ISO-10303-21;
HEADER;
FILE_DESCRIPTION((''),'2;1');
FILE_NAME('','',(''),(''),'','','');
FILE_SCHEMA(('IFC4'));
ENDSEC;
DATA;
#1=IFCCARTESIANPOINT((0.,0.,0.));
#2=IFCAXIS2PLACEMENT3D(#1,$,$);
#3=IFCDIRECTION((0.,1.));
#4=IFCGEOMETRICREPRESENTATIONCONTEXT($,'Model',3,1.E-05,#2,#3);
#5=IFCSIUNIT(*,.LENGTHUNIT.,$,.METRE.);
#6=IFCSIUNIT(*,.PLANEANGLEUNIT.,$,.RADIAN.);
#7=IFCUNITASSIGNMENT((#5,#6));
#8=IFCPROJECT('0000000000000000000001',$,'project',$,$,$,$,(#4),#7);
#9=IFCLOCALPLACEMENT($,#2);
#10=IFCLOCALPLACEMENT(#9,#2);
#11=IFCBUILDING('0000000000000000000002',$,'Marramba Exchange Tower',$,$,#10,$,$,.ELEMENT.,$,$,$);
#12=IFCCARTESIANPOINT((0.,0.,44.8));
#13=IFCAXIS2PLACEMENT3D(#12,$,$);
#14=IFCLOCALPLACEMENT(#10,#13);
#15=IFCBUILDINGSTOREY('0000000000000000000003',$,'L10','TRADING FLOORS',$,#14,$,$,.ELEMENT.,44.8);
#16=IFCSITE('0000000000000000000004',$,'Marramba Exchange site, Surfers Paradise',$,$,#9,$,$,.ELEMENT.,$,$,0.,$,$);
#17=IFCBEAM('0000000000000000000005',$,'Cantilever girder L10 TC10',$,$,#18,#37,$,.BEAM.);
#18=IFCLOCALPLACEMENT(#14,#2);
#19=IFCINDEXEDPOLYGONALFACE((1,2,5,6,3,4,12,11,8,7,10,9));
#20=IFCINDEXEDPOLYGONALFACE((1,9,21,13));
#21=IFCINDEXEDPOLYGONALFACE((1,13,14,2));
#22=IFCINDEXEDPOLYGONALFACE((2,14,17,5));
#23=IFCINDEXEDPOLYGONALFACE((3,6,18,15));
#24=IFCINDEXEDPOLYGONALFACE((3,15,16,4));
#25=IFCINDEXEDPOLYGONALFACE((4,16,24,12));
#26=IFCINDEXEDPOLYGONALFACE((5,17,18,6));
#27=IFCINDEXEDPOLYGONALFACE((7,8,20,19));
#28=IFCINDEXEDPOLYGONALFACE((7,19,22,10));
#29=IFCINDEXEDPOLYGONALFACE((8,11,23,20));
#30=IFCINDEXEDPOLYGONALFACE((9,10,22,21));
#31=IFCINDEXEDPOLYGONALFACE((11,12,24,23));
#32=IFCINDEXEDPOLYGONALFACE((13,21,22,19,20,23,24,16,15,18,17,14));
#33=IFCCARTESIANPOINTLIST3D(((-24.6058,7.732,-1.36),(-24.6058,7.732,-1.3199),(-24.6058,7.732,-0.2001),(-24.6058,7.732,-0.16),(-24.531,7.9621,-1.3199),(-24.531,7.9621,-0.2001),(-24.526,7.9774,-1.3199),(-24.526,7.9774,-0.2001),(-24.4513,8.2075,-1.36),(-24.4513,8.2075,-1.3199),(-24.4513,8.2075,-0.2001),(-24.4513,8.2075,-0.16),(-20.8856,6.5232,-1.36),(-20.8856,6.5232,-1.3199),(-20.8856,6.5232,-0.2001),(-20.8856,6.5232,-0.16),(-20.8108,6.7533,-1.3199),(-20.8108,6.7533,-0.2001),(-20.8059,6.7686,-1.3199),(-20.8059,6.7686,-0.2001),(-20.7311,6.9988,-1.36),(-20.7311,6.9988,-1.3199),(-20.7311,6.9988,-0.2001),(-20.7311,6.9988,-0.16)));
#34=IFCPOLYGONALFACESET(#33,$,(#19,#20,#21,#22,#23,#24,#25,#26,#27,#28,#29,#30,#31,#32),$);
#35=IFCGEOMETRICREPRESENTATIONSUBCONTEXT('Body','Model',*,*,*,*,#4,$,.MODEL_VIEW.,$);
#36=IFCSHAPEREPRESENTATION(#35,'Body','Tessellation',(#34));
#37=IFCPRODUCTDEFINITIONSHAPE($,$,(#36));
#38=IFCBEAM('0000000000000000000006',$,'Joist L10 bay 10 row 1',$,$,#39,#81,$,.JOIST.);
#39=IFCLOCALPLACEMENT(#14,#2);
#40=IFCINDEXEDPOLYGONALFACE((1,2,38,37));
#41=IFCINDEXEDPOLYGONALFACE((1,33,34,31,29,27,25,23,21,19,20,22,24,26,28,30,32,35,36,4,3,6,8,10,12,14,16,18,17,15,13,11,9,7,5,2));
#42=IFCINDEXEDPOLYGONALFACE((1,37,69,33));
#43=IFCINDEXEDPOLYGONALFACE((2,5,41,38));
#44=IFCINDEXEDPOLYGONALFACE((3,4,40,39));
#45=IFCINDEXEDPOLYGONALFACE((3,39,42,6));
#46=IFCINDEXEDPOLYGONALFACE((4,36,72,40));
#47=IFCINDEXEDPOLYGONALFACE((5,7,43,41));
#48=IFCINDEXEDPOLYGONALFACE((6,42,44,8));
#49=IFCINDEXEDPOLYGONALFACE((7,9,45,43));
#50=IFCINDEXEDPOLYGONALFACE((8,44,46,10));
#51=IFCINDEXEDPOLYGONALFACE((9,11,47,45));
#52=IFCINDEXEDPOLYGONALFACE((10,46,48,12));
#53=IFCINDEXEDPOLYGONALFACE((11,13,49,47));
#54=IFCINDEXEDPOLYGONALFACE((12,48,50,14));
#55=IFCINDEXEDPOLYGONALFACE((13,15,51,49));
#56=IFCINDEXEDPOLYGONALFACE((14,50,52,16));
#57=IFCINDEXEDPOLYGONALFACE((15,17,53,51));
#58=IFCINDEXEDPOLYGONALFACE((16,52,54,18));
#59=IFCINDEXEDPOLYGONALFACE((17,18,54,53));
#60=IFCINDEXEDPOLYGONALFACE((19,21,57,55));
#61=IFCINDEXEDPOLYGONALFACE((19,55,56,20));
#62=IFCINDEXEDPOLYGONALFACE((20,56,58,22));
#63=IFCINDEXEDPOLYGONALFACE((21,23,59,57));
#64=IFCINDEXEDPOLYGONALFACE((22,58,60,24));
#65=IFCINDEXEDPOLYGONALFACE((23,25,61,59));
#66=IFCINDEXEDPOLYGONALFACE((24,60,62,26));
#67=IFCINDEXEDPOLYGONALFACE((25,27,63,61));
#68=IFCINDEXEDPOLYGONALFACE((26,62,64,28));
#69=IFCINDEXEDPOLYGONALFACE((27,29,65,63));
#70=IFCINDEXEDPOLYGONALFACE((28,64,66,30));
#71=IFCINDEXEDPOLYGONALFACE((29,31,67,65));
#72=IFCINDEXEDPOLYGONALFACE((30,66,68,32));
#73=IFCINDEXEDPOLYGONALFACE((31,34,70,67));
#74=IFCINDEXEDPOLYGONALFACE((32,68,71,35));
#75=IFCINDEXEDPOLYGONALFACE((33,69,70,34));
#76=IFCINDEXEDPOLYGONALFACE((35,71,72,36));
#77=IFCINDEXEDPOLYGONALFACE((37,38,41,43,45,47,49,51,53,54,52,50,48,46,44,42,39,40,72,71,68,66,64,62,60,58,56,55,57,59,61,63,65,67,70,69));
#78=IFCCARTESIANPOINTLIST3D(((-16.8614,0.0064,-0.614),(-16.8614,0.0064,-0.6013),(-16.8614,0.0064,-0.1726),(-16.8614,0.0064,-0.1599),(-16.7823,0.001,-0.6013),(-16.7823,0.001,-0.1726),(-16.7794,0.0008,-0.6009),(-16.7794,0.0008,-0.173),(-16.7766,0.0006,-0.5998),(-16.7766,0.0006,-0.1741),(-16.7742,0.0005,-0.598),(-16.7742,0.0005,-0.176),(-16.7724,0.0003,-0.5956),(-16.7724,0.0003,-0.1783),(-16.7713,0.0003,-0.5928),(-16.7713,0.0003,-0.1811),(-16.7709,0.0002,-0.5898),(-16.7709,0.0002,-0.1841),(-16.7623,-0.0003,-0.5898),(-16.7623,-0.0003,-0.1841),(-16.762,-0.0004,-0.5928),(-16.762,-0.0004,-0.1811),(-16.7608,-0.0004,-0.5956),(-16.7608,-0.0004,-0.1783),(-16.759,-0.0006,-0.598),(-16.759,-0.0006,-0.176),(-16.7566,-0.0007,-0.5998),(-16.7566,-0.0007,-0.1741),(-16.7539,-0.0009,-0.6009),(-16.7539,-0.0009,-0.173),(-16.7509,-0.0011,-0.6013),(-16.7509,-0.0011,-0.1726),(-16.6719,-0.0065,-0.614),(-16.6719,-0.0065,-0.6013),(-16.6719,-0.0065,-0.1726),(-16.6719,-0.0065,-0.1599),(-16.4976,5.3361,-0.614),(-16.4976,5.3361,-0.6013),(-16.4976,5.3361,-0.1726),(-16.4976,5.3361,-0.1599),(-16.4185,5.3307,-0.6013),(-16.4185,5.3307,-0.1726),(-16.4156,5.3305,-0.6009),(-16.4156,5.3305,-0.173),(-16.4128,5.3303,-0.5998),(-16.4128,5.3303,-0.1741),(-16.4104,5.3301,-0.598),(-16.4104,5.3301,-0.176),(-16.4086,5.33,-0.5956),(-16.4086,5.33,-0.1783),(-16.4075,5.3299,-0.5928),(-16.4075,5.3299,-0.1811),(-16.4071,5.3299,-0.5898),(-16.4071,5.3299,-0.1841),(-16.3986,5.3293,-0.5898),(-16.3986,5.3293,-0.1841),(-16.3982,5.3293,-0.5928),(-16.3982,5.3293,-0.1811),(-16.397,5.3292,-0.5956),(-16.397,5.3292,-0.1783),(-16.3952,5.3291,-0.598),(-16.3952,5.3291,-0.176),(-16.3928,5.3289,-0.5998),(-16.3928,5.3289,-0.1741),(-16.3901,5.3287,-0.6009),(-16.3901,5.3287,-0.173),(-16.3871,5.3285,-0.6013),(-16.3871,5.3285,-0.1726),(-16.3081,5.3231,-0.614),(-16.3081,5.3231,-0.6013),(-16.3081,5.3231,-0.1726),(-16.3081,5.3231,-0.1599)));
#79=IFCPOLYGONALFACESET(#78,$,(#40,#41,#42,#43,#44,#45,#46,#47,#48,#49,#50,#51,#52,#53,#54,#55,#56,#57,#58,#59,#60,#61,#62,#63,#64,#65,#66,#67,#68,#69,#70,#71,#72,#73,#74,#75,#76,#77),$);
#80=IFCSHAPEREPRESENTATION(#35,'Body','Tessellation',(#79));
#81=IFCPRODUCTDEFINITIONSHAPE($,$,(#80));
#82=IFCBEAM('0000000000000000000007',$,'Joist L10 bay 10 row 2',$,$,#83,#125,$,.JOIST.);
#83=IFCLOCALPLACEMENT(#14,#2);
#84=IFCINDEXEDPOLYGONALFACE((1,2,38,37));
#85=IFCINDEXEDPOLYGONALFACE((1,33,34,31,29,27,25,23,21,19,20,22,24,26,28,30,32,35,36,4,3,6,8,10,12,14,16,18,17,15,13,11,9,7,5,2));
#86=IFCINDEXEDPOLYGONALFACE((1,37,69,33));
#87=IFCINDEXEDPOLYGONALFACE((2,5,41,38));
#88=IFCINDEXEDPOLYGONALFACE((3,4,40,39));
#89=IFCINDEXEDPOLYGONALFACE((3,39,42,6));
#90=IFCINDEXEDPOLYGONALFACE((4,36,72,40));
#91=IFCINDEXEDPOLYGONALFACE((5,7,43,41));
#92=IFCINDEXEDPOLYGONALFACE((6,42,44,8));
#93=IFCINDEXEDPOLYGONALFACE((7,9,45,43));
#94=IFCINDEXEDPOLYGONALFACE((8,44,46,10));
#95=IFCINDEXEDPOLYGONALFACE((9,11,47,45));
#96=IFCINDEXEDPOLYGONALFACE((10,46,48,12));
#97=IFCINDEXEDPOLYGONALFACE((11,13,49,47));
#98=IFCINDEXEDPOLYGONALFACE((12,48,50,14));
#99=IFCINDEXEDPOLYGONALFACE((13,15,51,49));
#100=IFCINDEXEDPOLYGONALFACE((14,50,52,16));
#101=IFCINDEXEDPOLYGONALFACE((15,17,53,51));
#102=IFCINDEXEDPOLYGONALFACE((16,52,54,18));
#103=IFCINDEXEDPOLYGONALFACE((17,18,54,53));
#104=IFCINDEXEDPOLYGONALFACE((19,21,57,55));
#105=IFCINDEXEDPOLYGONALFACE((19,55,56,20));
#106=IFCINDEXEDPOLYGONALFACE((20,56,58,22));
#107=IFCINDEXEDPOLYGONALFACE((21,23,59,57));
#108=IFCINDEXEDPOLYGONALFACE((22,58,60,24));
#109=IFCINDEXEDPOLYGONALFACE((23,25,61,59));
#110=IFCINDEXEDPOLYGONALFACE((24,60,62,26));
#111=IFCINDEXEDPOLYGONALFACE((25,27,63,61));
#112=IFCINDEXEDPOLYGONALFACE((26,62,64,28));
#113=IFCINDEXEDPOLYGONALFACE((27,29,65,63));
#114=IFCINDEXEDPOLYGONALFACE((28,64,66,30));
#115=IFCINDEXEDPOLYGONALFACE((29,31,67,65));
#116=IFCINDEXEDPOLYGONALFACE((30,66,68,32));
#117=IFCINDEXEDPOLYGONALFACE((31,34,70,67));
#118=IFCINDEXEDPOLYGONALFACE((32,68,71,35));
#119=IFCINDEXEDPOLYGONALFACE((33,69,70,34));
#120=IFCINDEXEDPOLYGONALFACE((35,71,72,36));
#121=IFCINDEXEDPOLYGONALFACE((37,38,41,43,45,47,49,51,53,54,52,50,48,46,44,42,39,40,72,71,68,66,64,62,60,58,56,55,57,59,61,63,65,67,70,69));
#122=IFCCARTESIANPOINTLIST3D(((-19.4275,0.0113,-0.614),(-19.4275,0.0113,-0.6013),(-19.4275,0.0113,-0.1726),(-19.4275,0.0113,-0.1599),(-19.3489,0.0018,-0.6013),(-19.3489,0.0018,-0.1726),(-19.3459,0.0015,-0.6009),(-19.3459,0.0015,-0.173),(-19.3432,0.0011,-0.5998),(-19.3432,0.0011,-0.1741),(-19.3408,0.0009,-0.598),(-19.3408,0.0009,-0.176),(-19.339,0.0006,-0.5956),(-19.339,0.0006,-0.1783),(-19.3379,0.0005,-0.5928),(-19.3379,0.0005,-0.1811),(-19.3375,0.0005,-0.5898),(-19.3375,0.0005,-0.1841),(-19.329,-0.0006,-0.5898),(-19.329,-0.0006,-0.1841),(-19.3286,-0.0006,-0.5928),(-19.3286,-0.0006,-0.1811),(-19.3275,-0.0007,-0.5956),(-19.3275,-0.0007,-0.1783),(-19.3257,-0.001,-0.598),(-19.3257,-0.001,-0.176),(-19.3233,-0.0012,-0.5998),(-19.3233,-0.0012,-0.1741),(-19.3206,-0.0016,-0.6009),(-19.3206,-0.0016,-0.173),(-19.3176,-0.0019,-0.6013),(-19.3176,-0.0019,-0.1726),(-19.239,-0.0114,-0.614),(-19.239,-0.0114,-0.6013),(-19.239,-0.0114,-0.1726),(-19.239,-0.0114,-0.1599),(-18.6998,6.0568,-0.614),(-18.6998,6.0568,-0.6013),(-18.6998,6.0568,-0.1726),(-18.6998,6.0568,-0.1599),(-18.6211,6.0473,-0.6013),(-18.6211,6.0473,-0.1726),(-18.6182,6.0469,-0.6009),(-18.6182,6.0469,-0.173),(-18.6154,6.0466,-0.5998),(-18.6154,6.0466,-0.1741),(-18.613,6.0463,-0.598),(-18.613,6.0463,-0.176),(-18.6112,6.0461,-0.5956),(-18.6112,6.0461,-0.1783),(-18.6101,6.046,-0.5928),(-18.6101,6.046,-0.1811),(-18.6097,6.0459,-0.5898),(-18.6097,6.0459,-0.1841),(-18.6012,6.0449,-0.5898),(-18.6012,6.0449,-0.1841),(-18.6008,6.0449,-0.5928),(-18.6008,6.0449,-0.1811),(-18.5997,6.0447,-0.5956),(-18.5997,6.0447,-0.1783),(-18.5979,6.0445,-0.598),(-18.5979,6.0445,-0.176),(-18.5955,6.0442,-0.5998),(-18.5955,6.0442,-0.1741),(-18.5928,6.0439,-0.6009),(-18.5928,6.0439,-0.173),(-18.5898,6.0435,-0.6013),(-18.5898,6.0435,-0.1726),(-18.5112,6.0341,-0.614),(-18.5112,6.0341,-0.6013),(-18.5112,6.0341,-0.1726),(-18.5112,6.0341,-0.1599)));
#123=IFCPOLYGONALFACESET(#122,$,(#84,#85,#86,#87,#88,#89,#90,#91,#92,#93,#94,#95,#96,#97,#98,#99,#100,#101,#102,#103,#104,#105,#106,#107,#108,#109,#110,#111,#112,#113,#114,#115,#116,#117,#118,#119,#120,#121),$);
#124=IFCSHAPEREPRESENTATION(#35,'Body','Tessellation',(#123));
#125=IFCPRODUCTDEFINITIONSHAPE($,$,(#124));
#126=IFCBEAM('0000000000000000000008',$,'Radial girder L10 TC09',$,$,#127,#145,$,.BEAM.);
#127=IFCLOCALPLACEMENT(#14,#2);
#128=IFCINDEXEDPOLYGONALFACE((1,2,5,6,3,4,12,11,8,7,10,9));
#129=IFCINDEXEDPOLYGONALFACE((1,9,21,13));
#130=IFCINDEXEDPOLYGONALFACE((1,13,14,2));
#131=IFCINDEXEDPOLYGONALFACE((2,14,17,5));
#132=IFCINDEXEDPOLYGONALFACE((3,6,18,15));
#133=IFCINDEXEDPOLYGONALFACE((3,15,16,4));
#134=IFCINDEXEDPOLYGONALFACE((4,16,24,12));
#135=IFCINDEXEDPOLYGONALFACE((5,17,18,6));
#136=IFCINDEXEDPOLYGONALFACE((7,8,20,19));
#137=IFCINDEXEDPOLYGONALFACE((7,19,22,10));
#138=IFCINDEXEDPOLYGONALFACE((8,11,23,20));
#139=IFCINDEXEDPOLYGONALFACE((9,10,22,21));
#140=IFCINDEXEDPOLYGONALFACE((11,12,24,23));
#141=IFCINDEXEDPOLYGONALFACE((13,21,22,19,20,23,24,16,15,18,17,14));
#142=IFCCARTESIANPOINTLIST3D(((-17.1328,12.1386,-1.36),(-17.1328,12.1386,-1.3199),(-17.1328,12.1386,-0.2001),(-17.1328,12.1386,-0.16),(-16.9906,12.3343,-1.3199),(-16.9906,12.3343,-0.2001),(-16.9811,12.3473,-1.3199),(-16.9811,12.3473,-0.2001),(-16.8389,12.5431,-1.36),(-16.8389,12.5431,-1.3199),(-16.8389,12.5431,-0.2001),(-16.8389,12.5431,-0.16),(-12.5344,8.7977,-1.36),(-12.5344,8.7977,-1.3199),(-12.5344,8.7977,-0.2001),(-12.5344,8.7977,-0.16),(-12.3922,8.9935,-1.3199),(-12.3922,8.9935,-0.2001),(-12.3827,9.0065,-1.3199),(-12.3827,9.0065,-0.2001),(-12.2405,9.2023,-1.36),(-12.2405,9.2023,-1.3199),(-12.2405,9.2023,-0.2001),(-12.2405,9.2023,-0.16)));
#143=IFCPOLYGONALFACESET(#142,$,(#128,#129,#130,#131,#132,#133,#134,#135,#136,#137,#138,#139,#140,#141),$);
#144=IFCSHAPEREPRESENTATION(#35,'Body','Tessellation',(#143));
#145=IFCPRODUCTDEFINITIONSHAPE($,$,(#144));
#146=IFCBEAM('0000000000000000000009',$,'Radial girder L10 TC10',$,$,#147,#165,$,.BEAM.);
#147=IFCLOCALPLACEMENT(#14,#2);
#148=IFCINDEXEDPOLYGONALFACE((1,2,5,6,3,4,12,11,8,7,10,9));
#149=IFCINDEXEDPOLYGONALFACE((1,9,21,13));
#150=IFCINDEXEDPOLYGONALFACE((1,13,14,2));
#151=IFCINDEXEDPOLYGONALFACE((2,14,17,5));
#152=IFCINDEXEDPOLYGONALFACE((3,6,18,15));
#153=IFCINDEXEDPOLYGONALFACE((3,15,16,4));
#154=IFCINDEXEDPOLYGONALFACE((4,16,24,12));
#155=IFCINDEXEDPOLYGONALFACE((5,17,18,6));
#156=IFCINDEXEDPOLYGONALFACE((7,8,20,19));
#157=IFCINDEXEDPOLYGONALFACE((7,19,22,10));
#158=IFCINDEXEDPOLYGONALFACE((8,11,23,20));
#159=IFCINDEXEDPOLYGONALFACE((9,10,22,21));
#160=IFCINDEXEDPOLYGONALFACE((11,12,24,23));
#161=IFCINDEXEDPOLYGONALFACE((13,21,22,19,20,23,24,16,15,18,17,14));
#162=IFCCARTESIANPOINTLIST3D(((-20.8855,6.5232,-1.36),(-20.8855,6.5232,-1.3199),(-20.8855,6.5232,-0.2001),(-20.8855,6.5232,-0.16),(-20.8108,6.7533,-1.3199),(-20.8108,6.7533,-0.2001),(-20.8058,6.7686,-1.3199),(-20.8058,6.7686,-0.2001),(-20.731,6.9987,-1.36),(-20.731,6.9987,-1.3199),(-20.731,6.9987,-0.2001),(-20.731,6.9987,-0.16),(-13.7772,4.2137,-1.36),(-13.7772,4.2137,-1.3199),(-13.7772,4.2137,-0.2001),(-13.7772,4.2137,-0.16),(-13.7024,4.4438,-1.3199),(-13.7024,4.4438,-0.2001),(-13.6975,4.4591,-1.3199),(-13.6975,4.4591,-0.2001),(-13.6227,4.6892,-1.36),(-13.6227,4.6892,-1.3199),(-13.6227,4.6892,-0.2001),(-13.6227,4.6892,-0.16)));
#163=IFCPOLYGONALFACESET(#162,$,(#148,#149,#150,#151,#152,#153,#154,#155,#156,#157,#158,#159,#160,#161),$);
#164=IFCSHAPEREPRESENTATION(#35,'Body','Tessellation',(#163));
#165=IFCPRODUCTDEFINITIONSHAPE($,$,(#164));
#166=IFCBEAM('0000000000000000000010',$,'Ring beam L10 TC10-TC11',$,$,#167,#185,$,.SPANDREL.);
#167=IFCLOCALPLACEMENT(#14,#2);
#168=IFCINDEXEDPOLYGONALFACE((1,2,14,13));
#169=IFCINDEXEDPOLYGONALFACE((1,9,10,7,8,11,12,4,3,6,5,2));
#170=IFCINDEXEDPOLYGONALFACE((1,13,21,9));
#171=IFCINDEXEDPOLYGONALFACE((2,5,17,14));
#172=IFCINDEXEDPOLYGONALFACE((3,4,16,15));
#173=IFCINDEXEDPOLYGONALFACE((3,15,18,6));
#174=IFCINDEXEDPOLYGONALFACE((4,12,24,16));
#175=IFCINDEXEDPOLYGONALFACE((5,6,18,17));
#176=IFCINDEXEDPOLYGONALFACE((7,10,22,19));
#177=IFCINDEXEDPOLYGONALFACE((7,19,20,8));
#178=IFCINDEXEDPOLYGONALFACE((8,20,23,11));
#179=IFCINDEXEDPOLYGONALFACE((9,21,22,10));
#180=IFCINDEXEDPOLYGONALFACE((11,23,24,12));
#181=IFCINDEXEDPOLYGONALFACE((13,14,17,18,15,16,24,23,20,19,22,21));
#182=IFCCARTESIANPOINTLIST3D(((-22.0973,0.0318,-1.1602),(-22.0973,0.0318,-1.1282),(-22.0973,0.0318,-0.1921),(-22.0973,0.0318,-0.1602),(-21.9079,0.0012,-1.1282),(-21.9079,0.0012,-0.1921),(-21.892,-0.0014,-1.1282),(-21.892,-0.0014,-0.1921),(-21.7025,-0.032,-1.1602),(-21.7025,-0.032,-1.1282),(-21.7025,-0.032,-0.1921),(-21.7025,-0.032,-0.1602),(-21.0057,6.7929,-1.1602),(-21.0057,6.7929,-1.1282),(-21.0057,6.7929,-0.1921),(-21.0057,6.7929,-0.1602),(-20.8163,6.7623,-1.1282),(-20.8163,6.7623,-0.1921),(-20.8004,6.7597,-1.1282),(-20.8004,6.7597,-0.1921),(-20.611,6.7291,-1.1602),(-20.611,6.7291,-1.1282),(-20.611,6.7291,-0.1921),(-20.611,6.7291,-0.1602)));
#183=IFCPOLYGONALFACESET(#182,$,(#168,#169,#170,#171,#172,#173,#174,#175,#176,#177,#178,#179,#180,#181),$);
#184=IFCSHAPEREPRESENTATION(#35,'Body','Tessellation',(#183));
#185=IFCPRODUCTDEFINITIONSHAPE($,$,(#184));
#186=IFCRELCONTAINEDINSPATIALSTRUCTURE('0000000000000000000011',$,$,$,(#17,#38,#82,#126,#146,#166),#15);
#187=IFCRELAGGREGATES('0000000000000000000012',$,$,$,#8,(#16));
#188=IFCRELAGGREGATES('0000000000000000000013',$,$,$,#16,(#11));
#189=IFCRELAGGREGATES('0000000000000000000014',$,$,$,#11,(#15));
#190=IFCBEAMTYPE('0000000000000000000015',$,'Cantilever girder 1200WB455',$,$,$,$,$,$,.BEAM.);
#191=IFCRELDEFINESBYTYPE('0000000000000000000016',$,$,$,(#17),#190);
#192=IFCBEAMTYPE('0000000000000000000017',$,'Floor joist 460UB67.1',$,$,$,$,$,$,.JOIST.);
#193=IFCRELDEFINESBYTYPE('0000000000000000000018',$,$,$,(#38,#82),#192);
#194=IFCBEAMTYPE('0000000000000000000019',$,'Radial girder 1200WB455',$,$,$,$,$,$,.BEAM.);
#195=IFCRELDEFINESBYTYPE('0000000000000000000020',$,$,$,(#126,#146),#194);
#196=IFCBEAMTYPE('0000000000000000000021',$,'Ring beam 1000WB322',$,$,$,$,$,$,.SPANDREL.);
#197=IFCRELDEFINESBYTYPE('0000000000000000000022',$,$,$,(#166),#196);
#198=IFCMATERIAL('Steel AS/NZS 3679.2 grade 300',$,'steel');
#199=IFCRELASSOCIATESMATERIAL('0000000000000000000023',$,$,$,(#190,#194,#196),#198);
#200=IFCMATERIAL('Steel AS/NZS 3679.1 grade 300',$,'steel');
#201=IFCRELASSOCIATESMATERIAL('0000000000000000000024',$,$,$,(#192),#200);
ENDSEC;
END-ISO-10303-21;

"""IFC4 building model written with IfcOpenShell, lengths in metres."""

from ifc_helpers import new_model, si_unit, direction, frame, origin, origin_2d, place, context, subcontext, project, spatial, i_section, extrude, material, material_profile, profile_set, type_object, element, save


model = new_model("IFC4")

# Units and contexts
model_context = context("Model", 3, precision=1e-05, world=origin(), true_north=direction((0.0, 1.0)))
body_context = subcontext(model_context, "Body", "Model", "MODEL_VIEW")
ifc_project = project(units=[si_unit("LENGTHUNIT", "METRE"), si_unit("PLANEANGLEUNIT", "RADIAN")], contexts=[model_context])

# Site, building, storey
site_placement = place(None, origin())
site = spatial("IfcSite", under=ifc_project, at=site_placement, Name="Marramba Exchange site, Surfers Paradise", CompositionType="ELEMENT", RefElevation=0.0)
building_placement = place(site_placement, origin())
building = spatial("IfcBuilding", under=site, at=building_placement, Name="Marramba Exchange Tower", CompositionType="ELEMENT")
storey_placement = place(building_placement, frame((0.0, 0.0, 44.8)))
storey = spatial("IfcBuildingStorey", under=building, at=storey_placement, Name="L10", Description="TRADING FLOORS", CompositionType="ELEMENT", Elevation=44.8)

# Beams
ifc_material_1 = material(Name="Steel AS/NZS 3679.2 grade 300", Category="steel")
ifc_material_profile_1 = material_profile(ifc_material_1, i_section(OverallWidth=0.5, OverallDepth=1.2, WebThickness=0.0161, FlangeThickness=0.04, at=origin_2d()), Name="1200WB455")
ifc_profile_set_1 = profile_set([ifc_material_profile_1], Name="Steel AS/NZS 3679.2 grade 300")
beam_type_1 = type_object("IfcBeamType", Name="Cantilever girder 1200WB455", PredefinedType="BEAM", material=ifc_profile_set_1)
beam_1_placement = place(storey_placement, frame((-20.8083, 6.761, -0.76), z_axis=(-0.951059, 0.30901, 0.0), x_axis=(-0.30901, -0.951059, 0.0)))
element("IfcBeam", 1, at=beam_1_placement, inside=storey, type_object=beam_type_1, Name="Cantilever girder L10 TC10", PredefinedType="BEAM", context=body_context, shape_type="SweptSolid", body=[
    extrude(i_section(OverallWidth=0.5, OverallDepth=1.2, WebThickness=0.0161, FlangeThickness=0.04, at=origin_2d()), origin(), (0.0, 0.0, 1.0), 3.9116),
])
ifc_material_2 = material(Name="Steel AS/NZS 3679.1 grade 300", Category="steel")
ifc_material_profile_2 = material_profile(ifc_material_2, i_section(OverallWidth=0.1899, OverallDepth=0.4541, WebThickness=0.0085, FlangeThickness=0.0127, FilletRadius=0.0115, at=origin_2d()), Name="460UB67.1")
ifc_profile_set_2 = profile_set([ifc_material_profile_2], Name="Steel AS/NZS 3679.1 grade 300")
beam_type_2 = type_object("IfcBeamType", Name="Floor joist 460UB67.1", PredefinedType="JOIST", material=ifc_profile_set_2)
beam_2_placement = place(storey_placement, frame((-16.4028, 5.3296, -0.387), z_axis=(-0.068096, -0.997679, 0.0), x_axis=(0.997679, -0.068096, 0.0)))
element("IfcBeam", 2, at=beam_2_placement, inside=storey, type_object=beam_type_2, Name="Joist L10 bay 10 row 1", PredefinedType="JOIST", context=body_context, shape_type="SweptSolid", body=[
    extrude(i_section(OverallWidth=0.1899, OverallDepth=0.4541, WebThickness=0.0085, FlangeThickness=0.0127, FilletRadius=0.0115, at=origin_2d()), origin(), (0.0, 0.0, 1.0), 5.342),
])
beam_3_placement = place(storey_placement, frame((-18.6055, 6.0454, -0.387), z_axis=(-0.119523, -0.992831, 0.0), x_axis=(0.992831, -0.119523, 0.0)))
element("IfcBeam", 3, at=beam_3_placement, inside=storey, type_object=beam_type_2, Name="Joist L10 bay 10 row 2", PredefinedType="JOIST", context=body_context, shape_type="SweptSolid", body=[
    extrude(i_section(OverallWidth=0.1899, OverallDepth=0.4541, WebThickness=0.0085, FlangeThickness=0.0127, FilletRadius=0.0115, at=origin_2d()), origin(), (0.0, 0.0, 1.0), 6.0891),
])
ifc_material_profile_3 = material_profile(ifc_material_1, i_section(OverallWidth=0.5, OverallDepth=1.2, WebThickness=0.0161, FlangeThickness=0.04, at=origin_2d()), Name="1200WB455")
ifc_profile_set_3 = profile_set([ifc_material_profile_3], Name="Steel AS/NZS 3679.2 grade 300")
beam_type_3 = type_object("IfcBeamType", Name="Radial girder 1200WB455", PredefinedType="BEAM", material=ifc_profile_set_3)
beam_4_placement = place(storey_placement, frame((-12.3875, 9.0, -0.76), z_axis=(-0.809026, 0.587773, 0.0), x_axis=(-0.587773, -0.809026, 0.0)))
element("IfcBeam", 4, at=beam_4_placement, inside=storey, type_object=beam_type_3, Name="Radial girder L10 TC09", PredefinedType="BEAM", context=body_context, shape_type="SweptSolid", body=[
    extrude(i_section(OverallWidth=0.5, OverallDepth=1.2, WebThickness=0.0161, FlangeThickness=0.04, at=origin_2d()), origin(), (0.0, 0.0, 1.0), 5.6838),
])
beam_5_placement = place(storey_placement, frame((-13.7, 4.4514, -0.76), z_axis=(-0.95106, 0.309006, 0.0), x_axis=(-0.309006, -0.95106, 0.0)))
element("IfcBeam", 5, at=beam_5_placement, inside=storey, type_object=beam_type_3, Name="Radial girder L10 TC10", PredefinedType="BEAM", context=body_context, shape_type="SweptSolid", body=[
    extrude(i_section(OverallWidth=0.5, OverallDepth=1.2, WebThickness=0.0161, FlangeThickness=0.04, at=origin_2d()), origin(), (0.0, 0.0, 1.0), 7.4741),
])
ifc_material_profile_4 = material_profile(ifc_material_1, i_section(OverallWidth=0.3999, OverallDepth=1.0, WebThickness=0.0161, FlangeThickness=0.032, at=origin_2d()), Name="1000WB322")
ifc_profile_set_4 = profile_set([ifc_material_profile_4], Name="Steel AS/NZS 3679.2 grade 300")
beam_type_4 = type_object("IfcBeamType", Name="Ring beam 1000WB322", PredefinedType="SPANDREL", material=ifc_profile_set_4)
beam_6_placement = place(storey_placement, frame((-20.8083, 6.761, -0.6602), z_axis=(-0.159385, -0.987217, 0.0), x_axis=(0.987217, -0.159385, 0.0)))
element("IfcBeam", 6, at=beam_6_placement, inside=storey, type_object=beam_type_4, Name="Ring beam L10 TC10-TC11", PredefinedType="SPANDREL", context=body_context, shape_type="SweptSolid", body=[
    extrude(i_section(OverallWidth=0.3999, OverallDepth=1.0, WebThickness=0.0161, FlangeThickness=0.032, at=origin_2d()), origin(), (0.0, 0.0, 1.0), 6.8486),
])

save(model, "model.ifc")
